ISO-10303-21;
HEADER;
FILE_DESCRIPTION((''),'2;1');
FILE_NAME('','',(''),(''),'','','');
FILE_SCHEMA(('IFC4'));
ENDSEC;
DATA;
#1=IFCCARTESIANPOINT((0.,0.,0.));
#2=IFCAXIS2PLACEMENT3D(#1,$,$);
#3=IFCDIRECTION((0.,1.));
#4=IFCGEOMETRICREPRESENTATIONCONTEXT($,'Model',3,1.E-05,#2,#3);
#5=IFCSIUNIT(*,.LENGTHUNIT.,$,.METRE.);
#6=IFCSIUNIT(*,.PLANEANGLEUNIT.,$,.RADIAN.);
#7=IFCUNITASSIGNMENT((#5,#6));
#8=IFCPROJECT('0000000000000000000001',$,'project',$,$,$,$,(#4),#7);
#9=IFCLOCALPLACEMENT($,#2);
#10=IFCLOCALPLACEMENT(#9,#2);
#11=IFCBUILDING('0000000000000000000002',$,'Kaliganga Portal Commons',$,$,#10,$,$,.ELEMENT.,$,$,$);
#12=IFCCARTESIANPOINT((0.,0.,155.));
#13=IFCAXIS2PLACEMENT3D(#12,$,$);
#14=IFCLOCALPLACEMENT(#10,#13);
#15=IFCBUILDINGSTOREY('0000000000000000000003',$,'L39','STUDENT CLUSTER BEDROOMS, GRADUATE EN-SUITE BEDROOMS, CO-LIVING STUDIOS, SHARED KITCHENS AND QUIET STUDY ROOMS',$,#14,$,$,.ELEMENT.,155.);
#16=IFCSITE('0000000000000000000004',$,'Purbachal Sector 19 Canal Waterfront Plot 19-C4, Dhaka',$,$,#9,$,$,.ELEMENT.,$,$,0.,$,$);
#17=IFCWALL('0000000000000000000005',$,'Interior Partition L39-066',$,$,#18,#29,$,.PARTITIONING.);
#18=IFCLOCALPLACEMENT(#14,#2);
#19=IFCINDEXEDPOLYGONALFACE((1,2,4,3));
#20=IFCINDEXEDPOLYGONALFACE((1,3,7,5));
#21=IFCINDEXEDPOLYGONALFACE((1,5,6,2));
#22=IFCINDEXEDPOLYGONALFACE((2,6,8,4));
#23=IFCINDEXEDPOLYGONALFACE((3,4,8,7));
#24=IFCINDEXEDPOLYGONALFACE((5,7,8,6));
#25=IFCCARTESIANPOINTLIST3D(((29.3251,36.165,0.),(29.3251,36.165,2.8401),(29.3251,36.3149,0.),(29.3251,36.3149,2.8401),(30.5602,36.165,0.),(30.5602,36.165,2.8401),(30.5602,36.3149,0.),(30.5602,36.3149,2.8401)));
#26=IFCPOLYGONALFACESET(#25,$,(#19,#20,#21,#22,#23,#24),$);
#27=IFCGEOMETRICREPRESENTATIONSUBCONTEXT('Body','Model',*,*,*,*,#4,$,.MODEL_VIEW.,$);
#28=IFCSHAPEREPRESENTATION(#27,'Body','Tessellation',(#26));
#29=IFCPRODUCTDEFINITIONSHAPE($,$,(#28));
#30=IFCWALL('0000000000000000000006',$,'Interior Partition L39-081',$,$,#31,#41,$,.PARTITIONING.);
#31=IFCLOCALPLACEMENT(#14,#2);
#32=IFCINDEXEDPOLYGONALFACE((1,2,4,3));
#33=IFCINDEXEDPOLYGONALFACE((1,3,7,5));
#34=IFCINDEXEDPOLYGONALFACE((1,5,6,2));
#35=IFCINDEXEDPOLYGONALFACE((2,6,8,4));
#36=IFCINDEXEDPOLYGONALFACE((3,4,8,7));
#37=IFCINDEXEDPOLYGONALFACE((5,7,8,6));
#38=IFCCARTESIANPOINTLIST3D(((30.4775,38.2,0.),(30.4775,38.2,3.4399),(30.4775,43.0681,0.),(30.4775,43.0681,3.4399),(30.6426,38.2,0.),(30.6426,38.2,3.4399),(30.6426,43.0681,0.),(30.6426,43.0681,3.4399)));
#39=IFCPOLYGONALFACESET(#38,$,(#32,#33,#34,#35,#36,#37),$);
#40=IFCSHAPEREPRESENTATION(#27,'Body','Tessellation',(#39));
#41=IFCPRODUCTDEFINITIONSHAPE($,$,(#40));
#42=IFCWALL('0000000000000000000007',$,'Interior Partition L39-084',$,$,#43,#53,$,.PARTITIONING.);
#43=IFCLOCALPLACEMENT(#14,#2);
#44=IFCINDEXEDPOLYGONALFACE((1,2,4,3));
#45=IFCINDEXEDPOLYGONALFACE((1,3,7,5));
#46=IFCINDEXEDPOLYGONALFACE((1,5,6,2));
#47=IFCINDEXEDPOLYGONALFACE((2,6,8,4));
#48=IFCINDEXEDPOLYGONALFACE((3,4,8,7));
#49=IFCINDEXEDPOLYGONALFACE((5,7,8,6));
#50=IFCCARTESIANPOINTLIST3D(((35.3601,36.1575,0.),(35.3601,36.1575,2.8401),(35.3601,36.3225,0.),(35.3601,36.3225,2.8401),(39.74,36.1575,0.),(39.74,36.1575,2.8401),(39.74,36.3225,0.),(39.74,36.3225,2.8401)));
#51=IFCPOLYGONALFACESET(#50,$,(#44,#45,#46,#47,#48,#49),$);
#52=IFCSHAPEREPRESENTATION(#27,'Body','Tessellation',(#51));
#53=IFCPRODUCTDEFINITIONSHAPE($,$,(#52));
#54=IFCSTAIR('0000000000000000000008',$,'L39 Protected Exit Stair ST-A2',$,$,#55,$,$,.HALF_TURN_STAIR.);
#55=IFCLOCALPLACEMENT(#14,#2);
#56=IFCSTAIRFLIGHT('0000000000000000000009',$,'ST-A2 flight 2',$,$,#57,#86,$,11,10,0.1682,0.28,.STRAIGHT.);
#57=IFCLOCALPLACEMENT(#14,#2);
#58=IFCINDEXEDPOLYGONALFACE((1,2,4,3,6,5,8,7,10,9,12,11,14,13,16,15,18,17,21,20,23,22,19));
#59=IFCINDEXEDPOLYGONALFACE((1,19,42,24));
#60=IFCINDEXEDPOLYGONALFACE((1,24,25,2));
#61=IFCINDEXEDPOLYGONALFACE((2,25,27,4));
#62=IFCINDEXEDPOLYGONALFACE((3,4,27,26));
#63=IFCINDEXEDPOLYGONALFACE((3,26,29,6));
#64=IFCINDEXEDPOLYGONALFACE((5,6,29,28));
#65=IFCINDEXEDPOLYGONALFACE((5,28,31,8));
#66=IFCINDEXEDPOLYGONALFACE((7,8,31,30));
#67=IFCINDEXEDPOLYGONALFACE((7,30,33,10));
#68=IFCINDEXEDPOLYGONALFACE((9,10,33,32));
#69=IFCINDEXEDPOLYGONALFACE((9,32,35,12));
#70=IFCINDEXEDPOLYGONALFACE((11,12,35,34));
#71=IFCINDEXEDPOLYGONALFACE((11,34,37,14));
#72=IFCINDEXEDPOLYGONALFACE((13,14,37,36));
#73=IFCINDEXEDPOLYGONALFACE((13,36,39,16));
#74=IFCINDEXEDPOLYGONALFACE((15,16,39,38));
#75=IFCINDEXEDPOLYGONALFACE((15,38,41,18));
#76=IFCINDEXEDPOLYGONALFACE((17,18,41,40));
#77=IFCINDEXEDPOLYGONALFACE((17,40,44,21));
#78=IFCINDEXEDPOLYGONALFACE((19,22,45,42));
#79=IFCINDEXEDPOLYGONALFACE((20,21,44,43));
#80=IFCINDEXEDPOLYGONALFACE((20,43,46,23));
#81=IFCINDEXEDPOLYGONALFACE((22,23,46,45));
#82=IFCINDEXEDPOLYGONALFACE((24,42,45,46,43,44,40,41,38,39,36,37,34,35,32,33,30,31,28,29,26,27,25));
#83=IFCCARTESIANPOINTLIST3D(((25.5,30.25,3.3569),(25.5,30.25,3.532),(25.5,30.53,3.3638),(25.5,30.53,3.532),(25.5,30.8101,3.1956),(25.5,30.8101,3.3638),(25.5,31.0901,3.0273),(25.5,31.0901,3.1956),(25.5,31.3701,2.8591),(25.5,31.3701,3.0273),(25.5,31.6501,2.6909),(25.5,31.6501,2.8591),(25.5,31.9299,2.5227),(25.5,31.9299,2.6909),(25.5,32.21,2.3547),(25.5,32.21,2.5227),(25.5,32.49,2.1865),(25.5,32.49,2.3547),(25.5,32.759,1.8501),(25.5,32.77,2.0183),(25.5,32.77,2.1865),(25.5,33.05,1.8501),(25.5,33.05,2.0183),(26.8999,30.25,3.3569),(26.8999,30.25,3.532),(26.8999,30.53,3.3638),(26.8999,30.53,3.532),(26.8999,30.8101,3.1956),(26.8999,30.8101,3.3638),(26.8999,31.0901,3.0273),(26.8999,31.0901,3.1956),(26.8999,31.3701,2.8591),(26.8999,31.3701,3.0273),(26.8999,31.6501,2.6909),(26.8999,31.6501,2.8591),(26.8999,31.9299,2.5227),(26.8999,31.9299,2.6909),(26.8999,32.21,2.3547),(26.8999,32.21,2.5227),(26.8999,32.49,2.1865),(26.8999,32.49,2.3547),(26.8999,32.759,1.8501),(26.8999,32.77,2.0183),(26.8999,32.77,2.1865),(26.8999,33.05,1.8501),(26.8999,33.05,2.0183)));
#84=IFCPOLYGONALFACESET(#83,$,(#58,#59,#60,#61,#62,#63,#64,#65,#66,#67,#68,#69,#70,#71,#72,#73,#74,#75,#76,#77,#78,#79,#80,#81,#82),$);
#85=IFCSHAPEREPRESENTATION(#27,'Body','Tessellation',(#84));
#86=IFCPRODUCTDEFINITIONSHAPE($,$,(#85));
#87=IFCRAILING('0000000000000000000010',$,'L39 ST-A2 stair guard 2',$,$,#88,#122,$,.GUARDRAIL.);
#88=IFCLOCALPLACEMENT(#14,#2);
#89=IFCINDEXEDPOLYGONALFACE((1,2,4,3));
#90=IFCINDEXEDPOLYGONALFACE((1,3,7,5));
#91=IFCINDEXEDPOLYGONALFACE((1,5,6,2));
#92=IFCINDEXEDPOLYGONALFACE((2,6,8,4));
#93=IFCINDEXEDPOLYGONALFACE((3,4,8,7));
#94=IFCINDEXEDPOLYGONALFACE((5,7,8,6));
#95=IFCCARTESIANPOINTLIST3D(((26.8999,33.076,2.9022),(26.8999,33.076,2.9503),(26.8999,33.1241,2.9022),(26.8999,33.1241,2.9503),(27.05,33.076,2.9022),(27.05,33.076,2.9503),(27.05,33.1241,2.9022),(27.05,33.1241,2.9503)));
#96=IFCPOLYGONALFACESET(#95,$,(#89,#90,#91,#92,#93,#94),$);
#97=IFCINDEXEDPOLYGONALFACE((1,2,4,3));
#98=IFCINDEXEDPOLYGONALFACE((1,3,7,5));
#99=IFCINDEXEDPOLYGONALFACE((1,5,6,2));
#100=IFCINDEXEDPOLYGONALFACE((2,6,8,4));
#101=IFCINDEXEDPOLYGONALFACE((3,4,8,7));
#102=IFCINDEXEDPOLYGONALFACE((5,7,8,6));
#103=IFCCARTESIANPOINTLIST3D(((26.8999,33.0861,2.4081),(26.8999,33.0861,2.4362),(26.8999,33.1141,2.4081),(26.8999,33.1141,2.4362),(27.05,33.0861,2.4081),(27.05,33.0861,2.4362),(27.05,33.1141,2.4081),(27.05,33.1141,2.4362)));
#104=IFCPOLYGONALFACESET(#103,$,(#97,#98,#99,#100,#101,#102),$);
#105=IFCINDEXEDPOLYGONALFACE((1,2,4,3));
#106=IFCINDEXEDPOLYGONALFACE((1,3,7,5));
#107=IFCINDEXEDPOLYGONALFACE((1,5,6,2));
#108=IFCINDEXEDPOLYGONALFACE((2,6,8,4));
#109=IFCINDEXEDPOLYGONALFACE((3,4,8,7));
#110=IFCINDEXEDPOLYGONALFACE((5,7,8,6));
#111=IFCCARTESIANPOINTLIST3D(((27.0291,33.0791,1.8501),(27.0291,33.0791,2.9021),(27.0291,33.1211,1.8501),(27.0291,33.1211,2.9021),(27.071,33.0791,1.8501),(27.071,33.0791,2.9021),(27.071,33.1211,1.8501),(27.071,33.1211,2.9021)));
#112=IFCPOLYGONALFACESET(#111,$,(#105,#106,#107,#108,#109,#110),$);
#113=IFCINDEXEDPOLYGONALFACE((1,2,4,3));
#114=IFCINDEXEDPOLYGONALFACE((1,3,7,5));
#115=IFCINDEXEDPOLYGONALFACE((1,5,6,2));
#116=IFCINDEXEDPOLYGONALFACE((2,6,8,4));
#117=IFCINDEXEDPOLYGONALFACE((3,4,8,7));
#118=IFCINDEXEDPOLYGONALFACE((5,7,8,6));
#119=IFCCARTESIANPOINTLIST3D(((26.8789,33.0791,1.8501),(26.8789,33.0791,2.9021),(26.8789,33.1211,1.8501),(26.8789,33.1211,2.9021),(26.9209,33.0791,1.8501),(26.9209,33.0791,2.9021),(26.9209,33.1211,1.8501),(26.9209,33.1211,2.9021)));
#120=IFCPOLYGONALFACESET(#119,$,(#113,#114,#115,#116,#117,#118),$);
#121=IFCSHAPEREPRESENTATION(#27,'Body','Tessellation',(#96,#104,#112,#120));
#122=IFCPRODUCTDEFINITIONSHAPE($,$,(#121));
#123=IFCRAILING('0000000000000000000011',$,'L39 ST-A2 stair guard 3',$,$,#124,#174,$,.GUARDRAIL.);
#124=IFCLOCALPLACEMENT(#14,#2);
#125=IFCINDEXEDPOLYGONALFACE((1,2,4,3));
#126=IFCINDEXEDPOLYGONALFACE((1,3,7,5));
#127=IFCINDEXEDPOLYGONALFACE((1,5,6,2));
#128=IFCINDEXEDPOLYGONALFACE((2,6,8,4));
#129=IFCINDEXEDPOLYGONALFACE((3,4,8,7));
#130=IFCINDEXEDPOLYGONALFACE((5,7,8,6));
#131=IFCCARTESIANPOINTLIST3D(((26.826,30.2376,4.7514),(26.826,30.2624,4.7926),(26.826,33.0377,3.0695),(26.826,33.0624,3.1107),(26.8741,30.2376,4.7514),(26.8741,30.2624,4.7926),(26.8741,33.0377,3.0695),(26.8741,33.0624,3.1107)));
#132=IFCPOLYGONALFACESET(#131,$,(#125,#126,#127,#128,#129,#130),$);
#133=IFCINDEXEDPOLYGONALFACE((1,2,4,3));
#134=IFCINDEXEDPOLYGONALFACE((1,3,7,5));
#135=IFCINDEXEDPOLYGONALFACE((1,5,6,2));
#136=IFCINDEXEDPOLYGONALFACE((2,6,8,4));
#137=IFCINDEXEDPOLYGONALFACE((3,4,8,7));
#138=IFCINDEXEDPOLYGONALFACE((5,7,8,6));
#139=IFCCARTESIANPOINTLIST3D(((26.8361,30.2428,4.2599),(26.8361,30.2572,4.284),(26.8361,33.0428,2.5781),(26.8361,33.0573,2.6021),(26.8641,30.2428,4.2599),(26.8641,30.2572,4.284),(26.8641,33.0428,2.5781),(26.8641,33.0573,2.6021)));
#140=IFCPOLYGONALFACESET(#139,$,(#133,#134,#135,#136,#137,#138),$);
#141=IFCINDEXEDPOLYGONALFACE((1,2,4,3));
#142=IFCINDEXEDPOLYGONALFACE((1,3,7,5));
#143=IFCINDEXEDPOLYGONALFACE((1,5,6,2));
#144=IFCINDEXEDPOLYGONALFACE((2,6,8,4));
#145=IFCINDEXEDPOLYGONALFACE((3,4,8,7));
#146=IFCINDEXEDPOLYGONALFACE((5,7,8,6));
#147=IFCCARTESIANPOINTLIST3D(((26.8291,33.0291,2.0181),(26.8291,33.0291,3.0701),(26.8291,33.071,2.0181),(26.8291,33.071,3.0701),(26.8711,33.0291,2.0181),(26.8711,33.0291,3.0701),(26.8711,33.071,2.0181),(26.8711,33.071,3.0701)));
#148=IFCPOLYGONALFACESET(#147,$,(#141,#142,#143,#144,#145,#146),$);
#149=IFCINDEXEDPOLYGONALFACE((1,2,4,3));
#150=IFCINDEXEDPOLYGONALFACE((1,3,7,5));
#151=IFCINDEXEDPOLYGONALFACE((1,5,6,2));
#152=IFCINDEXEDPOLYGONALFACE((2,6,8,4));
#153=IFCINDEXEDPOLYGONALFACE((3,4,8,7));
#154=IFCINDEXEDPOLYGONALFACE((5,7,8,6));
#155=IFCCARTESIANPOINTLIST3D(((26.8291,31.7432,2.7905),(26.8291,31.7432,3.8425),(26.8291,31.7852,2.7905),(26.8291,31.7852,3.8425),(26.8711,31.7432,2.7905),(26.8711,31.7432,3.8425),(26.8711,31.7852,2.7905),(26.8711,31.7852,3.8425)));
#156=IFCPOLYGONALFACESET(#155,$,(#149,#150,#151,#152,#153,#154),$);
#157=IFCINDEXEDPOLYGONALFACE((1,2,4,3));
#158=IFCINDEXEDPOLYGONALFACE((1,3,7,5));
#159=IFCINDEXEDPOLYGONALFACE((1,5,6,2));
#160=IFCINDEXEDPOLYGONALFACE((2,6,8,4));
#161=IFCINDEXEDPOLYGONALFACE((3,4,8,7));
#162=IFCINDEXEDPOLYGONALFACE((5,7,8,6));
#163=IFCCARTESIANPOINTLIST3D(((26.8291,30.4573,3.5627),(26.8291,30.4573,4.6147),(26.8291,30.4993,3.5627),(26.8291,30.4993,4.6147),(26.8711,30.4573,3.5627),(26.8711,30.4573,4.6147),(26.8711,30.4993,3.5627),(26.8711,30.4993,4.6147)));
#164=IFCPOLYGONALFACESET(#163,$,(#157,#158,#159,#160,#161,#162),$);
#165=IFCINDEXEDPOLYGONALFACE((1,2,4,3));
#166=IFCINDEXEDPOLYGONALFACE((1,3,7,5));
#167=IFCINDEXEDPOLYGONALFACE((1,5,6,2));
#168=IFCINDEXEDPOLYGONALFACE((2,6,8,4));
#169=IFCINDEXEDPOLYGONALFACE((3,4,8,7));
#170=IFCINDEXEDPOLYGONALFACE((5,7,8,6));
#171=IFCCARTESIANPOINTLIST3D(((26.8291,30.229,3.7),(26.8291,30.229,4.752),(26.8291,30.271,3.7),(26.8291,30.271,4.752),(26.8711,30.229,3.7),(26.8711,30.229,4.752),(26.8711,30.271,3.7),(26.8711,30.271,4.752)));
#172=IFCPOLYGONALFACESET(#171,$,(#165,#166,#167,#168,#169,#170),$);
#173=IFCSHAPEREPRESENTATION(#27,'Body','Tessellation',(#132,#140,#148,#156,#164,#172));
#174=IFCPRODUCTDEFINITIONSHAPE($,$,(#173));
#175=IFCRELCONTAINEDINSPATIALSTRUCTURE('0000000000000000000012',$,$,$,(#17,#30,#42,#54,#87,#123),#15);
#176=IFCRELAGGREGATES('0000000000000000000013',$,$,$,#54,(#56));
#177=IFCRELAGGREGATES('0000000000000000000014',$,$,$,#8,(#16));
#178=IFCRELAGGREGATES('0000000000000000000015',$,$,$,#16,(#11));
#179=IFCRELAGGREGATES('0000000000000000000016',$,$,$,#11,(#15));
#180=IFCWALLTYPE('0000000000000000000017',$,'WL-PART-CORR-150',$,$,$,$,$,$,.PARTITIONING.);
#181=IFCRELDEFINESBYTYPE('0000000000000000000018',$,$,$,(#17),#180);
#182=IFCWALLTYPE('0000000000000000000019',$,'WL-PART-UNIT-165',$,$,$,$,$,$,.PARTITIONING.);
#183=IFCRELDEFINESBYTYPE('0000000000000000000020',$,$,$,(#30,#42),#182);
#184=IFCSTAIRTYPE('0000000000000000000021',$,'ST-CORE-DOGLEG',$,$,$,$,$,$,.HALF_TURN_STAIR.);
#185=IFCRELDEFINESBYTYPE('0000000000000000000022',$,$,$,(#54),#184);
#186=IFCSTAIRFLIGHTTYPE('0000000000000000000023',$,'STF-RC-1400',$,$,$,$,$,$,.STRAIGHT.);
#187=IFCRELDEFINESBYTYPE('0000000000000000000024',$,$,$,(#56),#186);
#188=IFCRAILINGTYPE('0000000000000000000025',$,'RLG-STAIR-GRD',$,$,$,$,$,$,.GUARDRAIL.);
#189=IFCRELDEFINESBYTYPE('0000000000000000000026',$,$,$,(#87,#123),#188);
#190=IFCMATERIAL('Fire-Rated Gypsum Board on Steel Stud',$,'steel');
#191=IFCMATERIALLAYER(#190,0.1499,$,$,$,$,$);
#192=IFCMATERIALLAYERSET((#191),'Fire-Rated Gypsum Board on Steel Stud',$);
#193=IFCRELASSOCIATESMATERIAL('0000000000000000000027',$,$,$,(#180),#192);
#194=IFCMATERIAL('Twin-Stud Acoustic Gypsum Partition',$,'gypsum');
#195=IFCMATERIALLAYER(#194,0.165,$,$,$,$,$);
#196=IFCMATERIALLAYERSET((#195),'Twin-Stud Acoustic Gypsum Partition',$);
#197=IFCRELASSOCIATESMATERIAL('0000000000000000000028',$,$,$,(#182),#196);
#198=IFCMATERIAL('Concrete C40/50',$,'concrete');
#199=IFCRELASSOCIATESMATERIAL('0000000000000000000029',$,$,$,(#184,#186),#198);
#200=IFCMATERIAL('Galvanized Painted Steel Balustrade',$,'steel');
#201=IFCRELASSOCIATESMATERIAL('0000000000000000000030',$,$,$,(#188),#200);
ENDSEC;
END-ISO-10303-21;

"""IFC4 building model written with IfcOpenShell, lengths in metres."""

from ifc_helpers import new_model, si_unit, direction, frame, frame_2d, origin, origin_2d, place, context, subcontext, project, spatial, polyline, rectangle, outline, extrude, material, layer, layer_set, type_object, element, aggregate, save


model = new_model("IFC4")

# Units and contexts
model_context = context("Model", 3, precision=1e-05, world=origin(), true_north=direction((0.0, 1.0)))
body_context = subcontext(model_context, "Body", "Model", "MODEL_VIEW")
ifc_project = project(units=[si_unit("LENGTHUNIT", "METRE"), si_unit("PLANEANGLEUNIT", "RADIAN")], contexts=[model_context])

# Site, building, storey
site_placement = place(None, origin())
site = spatial("IfcSite", under=ifc_project, at=site_placement, Name="Purbachal Sector 19 Canal Waterfront Plot 19-C4, Dhaka", CompositionType="ELEMENT", RefElevation=0.0)
building_placement = place(site_placement, origin())
building = spatial("IfcBuilding", under=site, at=building_placement, Name="Kaliganga Portal Commons", CompositionType="ELEMENT")
storey_placement = place(building_placement, frame((0.0, 0.0, 155.0)))
storey = spatial("IfcBuildingStorey", under=building, at=storey_placement, Name="L39", Description="STUDENT CLUSTER BEDROOMS, GRADUATE EN-SUITE BEDROOMS, CO-LIVING STUDIOS, SHARED KITCHENS AND QUIET STUDY ROOMS", CompositionType="ELEMENT", Elevation=155.0)

# Shared definitions
ifc_material_1 = material(Name="Fire-Rated Gypsum Board on Steel Stud", Category="steel")
ifc_layer_1 = layer(ifc_material_1, 0.1499)
ifc_layer_set_1 = layer_set([ifc_layer_1], Name="Fire-Rated Gypsum Board on Steel Stud")
wall_type_1 = type_object("IfcWallType", Name="WL-PART-CORR-150", PredefinedType="PARTITIONING", material=ifc_layer_set_1)

# Walls
wall_1_placement = place(storey_placement, frame((29.325, 36.24, 0.0), z_axis=(0.0, 0.0, 1.0), x_axis=(1.0, 0.0, 0.0)))
element("IfcWall", 1, at=wall_1_placement, inside=storey, type_object=wall_type_1, Name="Interior Partition L39-066", PredefinedType="PARTITIONING", context=body_context, shape_type="SweptSolid", body=[
    extrude(rectangle(XDim=1.2351, YDim=0.1499, at=frame_2d((0.6177, 0.0))), origin(), (0.0, 0.0, 1.0), 2.8401),
])
ifc_material_2 = material(Name="Twin-Stud Acoustic Gypsum Partition", Category="gypsum")
ifc_layer_2 = layer(ifc_material_2, 0.165)
ifc_layer_set_2 = layer_set([ifc_layer_2], Name="Twin-Stud Acoustic Gypsum Partition")
wall_type_2 = type_object("IfcWallType", Name="WL-PART-UNIT-165", PredefinedType="PARTITIONING", material=ifc_layer_set_2)
wall_2_placement = place(storey_placement, frame((30.5601, 38.2, 0.0), z_axis=(0.0, 0.0, 1.0), x_axis=(0.0, 1.0, 0.0)))
element("IfcWall", 2, at=wall_2_placement, inside=storey, type_object=wall_type_2, Name="Interior Partition L39-081", PredefinedType="PARTITIONING", context=body_context, shape_type="SweptSolid", body=[
    extrude(rectangle(XDim=4.8682, YDim=0.165, at=frame_2d((2.4341, 0.0))), origin(), (0.0, 0.0, 1.0), 3.4399),
])
wall_3_placement = place(storey_placement, frame((35.3601, 36.24, 0.0), z_axis=(0.0, 0.0, 1.0), x_axis=(1.0, 0.0, 0.0)))
element("IfcWall", 3, at=wall_3_placement, inside=storey, type_object=wall_type_2, Name="Interior Partition L39-084", PredefinedType="PARTITIONING", context=body_context, shape_type="SweptSolid", body=[
    extrude(rectangle(XDim=4.3799, YDim=0.165, at=frame_2d((2.1899, 0.0))), origin(), (0.0, 0.0, 1.0), 2.8401),
])

# Stair, stair flight
ifc_material_3 = material(Name="Concrete C40/50", Category="concrete")
stair_type = type_object("IfcStairType", Name="ST-CORE-DOGLEG", PredefinedType="HALF_TURN_STAIR", material=ifc_material_3)
stair_placement = place(storey_placement, origin())
stair = element("IfcStair", 4, at=stair_placement, inside=storey, type_object=stair_type, Name="L39 Protected Exit Stair ST-A2", PredefinedType="HALF_TURN_STAIR")
stair_flight_type = type_object("IfcStairFlightType", Name="STF-RC-1400", PredefinedType="STRAIGHT", material=ifc_material_3)
stair_flight_placement = place(storey_placement, frame((26.2, 33.05, 1.8501), z_axis=(0.0, 0.0, 1.0), x_axis=(0.0, -1.0, 0.0)))
stair_flight = element("IfcStairFlight", 5, at=stair_flight_placement, type_object=stair_flight_type, Name="ST-A2 flight 2", NumberOfRisers=11, NumberOfTreads=10, PredefinedType="STRAIGHT", RiserHeight=0.1682, TreadLength=0.28, context=body_context, shape_type="SweptSolid", body=[
    extrude(outline(polyline([(0.0, 0.0), (0.0, 0.1682), (0.28, 0.1682), (0.28, 0.3364), (0.5601, 0.3364), (0.5601, 0.5046), (0.8401, 0.5046), (0.8401, 0.6726), (1.1201, 0.6726), (1.1201, 0.8408), (1.3999, 0.8408), (1.3999, 1.009), (1.6799, 1.009), (1.6799, 1.1772), (1.96, 1.1772), (1.96, 1.3455), (2.24, 1.3455), (2.24, 1.5137), (2.52, 1.5137), (2.52, 1.6819), (2.8, 1.6819), (2.8, 1.8501), (2.8, 1.5068), (0.291, 0.0), (0.0, 0.0)])), frame((0.0, 0.7, 0.0), z_axis=(0.0, -1.0, 0.0), x_axis=(1.0, 0.0, 0.0)), (0.0, 0.0, 1.0), 1.3999),
])
aggregate(stair, [stair_flight])

# Railings
ifc_material_4 = material(Name="Galvanized Painted Steel Balustrade", Category="steel")
railing_type = type_object("IfcRailingType", Name="RLG-STAIR-GRD", PredefinedType="GUARDRAIL", material=ifc_material_4)
railing_1_placement = place(storey_placement, frame((27.05, 33.1001, 1.8501)))
element("IfcRailing", 6, at=railing_1_placement, inside=storey, type_object=railing_type, Name="L39 ST-A2 stair guard 2", PredefinedType="GUARDRAIL", context=body_context, shape_type="SweptSolid", body=[
    extrude(rectangle(XDim=0.0481, YDim=0.0481, at=origin_2d()), frame((0.0, 0.0, 1.0762), z_axis=(-1.0, 0.0, 0.0), x_axis=(0.0, -1.0, 0.0)), (0.0, 0.0, 1.0), 0.1501),
    extrude(rectangle(XDim=0.0281, YDim=0.0281, at=origin_2d()), frame((0.0, 0.0, 0.572), z_axis=(-1.0, 0.0, 0.0), x_axis=(0.0, -1.0, 0.0)), (0.0, 0.0, 1.0), 0.1501),
    extrude(rectangle(XDim=0.042, YDim=0.042, at=origin_2d()), origin(), (0.0, 0.0, 1.0), 1.052),
    extrude(rectangle(XDim=0.042, YDim=0.042, at=origin_2d()), frame((-0.1501, 0.0, 0.0)), (0.0, 0.0, 1.0), 1.052),
])
railing_2_placement = place(storey_placement, frame((26.8501, 33.05, 2.0181)))
element("IfcRailing", 7, at=railing_2_placement, inside=storey, type_object=railing_type, Name="L39 ST-A2 stair guard 3", PredefinedType="GUARDRAIL", context=body_context, shape_type="SweptSolid", body=[
    extrude(rectangle(XDim=0.0481, YDim=0.0481, at=origin_2d()), frame((0.0, 0.0, 1.072), z_axis=(0.0, -0.857242, 0.514913), x_axis=(1.0, 0.0, 0.0)), (0.0, 0.0, 1.0), 3.2664),
    extrude(rectangle(XDim=0.0281, YDim=0.0281, at=origin_2d()), frame((0.0, 0.0, 0.572), z_axis=(0.0, -0.857242, 0.514913), x_axis=(1.0, 0.0, 0.0)), (0.0, 0.0, 1.0), 3.2664),
    extrude(rectangle(XDim=0.042, YDim=0.042, at=origin_2d()), origin(), (0.0, 0.0, 1.0), 1.052),
    extrude(rectangle(XDim=0.042, YDim=0.042, at=origin_2d()), frame((0.0, -1.2859, 0.7725)), (0.0, 0.0, 1.0), 1.052),
    extrude(rectangle(XDim=0.042, YDim=0.042, at=origin_2d()), frame((0.0, -2.5718, 1.5447)), (0.0, 0.0, 1.0), 1.052),
    extrude(rectangle(XDim=0.042, YDim=0.042, at=origin_2d()), frame((0.0, -2.8, 1.6819)), (0.0, 0.0, 1.0), 1.052),
])

save(model, "model.ifc")
